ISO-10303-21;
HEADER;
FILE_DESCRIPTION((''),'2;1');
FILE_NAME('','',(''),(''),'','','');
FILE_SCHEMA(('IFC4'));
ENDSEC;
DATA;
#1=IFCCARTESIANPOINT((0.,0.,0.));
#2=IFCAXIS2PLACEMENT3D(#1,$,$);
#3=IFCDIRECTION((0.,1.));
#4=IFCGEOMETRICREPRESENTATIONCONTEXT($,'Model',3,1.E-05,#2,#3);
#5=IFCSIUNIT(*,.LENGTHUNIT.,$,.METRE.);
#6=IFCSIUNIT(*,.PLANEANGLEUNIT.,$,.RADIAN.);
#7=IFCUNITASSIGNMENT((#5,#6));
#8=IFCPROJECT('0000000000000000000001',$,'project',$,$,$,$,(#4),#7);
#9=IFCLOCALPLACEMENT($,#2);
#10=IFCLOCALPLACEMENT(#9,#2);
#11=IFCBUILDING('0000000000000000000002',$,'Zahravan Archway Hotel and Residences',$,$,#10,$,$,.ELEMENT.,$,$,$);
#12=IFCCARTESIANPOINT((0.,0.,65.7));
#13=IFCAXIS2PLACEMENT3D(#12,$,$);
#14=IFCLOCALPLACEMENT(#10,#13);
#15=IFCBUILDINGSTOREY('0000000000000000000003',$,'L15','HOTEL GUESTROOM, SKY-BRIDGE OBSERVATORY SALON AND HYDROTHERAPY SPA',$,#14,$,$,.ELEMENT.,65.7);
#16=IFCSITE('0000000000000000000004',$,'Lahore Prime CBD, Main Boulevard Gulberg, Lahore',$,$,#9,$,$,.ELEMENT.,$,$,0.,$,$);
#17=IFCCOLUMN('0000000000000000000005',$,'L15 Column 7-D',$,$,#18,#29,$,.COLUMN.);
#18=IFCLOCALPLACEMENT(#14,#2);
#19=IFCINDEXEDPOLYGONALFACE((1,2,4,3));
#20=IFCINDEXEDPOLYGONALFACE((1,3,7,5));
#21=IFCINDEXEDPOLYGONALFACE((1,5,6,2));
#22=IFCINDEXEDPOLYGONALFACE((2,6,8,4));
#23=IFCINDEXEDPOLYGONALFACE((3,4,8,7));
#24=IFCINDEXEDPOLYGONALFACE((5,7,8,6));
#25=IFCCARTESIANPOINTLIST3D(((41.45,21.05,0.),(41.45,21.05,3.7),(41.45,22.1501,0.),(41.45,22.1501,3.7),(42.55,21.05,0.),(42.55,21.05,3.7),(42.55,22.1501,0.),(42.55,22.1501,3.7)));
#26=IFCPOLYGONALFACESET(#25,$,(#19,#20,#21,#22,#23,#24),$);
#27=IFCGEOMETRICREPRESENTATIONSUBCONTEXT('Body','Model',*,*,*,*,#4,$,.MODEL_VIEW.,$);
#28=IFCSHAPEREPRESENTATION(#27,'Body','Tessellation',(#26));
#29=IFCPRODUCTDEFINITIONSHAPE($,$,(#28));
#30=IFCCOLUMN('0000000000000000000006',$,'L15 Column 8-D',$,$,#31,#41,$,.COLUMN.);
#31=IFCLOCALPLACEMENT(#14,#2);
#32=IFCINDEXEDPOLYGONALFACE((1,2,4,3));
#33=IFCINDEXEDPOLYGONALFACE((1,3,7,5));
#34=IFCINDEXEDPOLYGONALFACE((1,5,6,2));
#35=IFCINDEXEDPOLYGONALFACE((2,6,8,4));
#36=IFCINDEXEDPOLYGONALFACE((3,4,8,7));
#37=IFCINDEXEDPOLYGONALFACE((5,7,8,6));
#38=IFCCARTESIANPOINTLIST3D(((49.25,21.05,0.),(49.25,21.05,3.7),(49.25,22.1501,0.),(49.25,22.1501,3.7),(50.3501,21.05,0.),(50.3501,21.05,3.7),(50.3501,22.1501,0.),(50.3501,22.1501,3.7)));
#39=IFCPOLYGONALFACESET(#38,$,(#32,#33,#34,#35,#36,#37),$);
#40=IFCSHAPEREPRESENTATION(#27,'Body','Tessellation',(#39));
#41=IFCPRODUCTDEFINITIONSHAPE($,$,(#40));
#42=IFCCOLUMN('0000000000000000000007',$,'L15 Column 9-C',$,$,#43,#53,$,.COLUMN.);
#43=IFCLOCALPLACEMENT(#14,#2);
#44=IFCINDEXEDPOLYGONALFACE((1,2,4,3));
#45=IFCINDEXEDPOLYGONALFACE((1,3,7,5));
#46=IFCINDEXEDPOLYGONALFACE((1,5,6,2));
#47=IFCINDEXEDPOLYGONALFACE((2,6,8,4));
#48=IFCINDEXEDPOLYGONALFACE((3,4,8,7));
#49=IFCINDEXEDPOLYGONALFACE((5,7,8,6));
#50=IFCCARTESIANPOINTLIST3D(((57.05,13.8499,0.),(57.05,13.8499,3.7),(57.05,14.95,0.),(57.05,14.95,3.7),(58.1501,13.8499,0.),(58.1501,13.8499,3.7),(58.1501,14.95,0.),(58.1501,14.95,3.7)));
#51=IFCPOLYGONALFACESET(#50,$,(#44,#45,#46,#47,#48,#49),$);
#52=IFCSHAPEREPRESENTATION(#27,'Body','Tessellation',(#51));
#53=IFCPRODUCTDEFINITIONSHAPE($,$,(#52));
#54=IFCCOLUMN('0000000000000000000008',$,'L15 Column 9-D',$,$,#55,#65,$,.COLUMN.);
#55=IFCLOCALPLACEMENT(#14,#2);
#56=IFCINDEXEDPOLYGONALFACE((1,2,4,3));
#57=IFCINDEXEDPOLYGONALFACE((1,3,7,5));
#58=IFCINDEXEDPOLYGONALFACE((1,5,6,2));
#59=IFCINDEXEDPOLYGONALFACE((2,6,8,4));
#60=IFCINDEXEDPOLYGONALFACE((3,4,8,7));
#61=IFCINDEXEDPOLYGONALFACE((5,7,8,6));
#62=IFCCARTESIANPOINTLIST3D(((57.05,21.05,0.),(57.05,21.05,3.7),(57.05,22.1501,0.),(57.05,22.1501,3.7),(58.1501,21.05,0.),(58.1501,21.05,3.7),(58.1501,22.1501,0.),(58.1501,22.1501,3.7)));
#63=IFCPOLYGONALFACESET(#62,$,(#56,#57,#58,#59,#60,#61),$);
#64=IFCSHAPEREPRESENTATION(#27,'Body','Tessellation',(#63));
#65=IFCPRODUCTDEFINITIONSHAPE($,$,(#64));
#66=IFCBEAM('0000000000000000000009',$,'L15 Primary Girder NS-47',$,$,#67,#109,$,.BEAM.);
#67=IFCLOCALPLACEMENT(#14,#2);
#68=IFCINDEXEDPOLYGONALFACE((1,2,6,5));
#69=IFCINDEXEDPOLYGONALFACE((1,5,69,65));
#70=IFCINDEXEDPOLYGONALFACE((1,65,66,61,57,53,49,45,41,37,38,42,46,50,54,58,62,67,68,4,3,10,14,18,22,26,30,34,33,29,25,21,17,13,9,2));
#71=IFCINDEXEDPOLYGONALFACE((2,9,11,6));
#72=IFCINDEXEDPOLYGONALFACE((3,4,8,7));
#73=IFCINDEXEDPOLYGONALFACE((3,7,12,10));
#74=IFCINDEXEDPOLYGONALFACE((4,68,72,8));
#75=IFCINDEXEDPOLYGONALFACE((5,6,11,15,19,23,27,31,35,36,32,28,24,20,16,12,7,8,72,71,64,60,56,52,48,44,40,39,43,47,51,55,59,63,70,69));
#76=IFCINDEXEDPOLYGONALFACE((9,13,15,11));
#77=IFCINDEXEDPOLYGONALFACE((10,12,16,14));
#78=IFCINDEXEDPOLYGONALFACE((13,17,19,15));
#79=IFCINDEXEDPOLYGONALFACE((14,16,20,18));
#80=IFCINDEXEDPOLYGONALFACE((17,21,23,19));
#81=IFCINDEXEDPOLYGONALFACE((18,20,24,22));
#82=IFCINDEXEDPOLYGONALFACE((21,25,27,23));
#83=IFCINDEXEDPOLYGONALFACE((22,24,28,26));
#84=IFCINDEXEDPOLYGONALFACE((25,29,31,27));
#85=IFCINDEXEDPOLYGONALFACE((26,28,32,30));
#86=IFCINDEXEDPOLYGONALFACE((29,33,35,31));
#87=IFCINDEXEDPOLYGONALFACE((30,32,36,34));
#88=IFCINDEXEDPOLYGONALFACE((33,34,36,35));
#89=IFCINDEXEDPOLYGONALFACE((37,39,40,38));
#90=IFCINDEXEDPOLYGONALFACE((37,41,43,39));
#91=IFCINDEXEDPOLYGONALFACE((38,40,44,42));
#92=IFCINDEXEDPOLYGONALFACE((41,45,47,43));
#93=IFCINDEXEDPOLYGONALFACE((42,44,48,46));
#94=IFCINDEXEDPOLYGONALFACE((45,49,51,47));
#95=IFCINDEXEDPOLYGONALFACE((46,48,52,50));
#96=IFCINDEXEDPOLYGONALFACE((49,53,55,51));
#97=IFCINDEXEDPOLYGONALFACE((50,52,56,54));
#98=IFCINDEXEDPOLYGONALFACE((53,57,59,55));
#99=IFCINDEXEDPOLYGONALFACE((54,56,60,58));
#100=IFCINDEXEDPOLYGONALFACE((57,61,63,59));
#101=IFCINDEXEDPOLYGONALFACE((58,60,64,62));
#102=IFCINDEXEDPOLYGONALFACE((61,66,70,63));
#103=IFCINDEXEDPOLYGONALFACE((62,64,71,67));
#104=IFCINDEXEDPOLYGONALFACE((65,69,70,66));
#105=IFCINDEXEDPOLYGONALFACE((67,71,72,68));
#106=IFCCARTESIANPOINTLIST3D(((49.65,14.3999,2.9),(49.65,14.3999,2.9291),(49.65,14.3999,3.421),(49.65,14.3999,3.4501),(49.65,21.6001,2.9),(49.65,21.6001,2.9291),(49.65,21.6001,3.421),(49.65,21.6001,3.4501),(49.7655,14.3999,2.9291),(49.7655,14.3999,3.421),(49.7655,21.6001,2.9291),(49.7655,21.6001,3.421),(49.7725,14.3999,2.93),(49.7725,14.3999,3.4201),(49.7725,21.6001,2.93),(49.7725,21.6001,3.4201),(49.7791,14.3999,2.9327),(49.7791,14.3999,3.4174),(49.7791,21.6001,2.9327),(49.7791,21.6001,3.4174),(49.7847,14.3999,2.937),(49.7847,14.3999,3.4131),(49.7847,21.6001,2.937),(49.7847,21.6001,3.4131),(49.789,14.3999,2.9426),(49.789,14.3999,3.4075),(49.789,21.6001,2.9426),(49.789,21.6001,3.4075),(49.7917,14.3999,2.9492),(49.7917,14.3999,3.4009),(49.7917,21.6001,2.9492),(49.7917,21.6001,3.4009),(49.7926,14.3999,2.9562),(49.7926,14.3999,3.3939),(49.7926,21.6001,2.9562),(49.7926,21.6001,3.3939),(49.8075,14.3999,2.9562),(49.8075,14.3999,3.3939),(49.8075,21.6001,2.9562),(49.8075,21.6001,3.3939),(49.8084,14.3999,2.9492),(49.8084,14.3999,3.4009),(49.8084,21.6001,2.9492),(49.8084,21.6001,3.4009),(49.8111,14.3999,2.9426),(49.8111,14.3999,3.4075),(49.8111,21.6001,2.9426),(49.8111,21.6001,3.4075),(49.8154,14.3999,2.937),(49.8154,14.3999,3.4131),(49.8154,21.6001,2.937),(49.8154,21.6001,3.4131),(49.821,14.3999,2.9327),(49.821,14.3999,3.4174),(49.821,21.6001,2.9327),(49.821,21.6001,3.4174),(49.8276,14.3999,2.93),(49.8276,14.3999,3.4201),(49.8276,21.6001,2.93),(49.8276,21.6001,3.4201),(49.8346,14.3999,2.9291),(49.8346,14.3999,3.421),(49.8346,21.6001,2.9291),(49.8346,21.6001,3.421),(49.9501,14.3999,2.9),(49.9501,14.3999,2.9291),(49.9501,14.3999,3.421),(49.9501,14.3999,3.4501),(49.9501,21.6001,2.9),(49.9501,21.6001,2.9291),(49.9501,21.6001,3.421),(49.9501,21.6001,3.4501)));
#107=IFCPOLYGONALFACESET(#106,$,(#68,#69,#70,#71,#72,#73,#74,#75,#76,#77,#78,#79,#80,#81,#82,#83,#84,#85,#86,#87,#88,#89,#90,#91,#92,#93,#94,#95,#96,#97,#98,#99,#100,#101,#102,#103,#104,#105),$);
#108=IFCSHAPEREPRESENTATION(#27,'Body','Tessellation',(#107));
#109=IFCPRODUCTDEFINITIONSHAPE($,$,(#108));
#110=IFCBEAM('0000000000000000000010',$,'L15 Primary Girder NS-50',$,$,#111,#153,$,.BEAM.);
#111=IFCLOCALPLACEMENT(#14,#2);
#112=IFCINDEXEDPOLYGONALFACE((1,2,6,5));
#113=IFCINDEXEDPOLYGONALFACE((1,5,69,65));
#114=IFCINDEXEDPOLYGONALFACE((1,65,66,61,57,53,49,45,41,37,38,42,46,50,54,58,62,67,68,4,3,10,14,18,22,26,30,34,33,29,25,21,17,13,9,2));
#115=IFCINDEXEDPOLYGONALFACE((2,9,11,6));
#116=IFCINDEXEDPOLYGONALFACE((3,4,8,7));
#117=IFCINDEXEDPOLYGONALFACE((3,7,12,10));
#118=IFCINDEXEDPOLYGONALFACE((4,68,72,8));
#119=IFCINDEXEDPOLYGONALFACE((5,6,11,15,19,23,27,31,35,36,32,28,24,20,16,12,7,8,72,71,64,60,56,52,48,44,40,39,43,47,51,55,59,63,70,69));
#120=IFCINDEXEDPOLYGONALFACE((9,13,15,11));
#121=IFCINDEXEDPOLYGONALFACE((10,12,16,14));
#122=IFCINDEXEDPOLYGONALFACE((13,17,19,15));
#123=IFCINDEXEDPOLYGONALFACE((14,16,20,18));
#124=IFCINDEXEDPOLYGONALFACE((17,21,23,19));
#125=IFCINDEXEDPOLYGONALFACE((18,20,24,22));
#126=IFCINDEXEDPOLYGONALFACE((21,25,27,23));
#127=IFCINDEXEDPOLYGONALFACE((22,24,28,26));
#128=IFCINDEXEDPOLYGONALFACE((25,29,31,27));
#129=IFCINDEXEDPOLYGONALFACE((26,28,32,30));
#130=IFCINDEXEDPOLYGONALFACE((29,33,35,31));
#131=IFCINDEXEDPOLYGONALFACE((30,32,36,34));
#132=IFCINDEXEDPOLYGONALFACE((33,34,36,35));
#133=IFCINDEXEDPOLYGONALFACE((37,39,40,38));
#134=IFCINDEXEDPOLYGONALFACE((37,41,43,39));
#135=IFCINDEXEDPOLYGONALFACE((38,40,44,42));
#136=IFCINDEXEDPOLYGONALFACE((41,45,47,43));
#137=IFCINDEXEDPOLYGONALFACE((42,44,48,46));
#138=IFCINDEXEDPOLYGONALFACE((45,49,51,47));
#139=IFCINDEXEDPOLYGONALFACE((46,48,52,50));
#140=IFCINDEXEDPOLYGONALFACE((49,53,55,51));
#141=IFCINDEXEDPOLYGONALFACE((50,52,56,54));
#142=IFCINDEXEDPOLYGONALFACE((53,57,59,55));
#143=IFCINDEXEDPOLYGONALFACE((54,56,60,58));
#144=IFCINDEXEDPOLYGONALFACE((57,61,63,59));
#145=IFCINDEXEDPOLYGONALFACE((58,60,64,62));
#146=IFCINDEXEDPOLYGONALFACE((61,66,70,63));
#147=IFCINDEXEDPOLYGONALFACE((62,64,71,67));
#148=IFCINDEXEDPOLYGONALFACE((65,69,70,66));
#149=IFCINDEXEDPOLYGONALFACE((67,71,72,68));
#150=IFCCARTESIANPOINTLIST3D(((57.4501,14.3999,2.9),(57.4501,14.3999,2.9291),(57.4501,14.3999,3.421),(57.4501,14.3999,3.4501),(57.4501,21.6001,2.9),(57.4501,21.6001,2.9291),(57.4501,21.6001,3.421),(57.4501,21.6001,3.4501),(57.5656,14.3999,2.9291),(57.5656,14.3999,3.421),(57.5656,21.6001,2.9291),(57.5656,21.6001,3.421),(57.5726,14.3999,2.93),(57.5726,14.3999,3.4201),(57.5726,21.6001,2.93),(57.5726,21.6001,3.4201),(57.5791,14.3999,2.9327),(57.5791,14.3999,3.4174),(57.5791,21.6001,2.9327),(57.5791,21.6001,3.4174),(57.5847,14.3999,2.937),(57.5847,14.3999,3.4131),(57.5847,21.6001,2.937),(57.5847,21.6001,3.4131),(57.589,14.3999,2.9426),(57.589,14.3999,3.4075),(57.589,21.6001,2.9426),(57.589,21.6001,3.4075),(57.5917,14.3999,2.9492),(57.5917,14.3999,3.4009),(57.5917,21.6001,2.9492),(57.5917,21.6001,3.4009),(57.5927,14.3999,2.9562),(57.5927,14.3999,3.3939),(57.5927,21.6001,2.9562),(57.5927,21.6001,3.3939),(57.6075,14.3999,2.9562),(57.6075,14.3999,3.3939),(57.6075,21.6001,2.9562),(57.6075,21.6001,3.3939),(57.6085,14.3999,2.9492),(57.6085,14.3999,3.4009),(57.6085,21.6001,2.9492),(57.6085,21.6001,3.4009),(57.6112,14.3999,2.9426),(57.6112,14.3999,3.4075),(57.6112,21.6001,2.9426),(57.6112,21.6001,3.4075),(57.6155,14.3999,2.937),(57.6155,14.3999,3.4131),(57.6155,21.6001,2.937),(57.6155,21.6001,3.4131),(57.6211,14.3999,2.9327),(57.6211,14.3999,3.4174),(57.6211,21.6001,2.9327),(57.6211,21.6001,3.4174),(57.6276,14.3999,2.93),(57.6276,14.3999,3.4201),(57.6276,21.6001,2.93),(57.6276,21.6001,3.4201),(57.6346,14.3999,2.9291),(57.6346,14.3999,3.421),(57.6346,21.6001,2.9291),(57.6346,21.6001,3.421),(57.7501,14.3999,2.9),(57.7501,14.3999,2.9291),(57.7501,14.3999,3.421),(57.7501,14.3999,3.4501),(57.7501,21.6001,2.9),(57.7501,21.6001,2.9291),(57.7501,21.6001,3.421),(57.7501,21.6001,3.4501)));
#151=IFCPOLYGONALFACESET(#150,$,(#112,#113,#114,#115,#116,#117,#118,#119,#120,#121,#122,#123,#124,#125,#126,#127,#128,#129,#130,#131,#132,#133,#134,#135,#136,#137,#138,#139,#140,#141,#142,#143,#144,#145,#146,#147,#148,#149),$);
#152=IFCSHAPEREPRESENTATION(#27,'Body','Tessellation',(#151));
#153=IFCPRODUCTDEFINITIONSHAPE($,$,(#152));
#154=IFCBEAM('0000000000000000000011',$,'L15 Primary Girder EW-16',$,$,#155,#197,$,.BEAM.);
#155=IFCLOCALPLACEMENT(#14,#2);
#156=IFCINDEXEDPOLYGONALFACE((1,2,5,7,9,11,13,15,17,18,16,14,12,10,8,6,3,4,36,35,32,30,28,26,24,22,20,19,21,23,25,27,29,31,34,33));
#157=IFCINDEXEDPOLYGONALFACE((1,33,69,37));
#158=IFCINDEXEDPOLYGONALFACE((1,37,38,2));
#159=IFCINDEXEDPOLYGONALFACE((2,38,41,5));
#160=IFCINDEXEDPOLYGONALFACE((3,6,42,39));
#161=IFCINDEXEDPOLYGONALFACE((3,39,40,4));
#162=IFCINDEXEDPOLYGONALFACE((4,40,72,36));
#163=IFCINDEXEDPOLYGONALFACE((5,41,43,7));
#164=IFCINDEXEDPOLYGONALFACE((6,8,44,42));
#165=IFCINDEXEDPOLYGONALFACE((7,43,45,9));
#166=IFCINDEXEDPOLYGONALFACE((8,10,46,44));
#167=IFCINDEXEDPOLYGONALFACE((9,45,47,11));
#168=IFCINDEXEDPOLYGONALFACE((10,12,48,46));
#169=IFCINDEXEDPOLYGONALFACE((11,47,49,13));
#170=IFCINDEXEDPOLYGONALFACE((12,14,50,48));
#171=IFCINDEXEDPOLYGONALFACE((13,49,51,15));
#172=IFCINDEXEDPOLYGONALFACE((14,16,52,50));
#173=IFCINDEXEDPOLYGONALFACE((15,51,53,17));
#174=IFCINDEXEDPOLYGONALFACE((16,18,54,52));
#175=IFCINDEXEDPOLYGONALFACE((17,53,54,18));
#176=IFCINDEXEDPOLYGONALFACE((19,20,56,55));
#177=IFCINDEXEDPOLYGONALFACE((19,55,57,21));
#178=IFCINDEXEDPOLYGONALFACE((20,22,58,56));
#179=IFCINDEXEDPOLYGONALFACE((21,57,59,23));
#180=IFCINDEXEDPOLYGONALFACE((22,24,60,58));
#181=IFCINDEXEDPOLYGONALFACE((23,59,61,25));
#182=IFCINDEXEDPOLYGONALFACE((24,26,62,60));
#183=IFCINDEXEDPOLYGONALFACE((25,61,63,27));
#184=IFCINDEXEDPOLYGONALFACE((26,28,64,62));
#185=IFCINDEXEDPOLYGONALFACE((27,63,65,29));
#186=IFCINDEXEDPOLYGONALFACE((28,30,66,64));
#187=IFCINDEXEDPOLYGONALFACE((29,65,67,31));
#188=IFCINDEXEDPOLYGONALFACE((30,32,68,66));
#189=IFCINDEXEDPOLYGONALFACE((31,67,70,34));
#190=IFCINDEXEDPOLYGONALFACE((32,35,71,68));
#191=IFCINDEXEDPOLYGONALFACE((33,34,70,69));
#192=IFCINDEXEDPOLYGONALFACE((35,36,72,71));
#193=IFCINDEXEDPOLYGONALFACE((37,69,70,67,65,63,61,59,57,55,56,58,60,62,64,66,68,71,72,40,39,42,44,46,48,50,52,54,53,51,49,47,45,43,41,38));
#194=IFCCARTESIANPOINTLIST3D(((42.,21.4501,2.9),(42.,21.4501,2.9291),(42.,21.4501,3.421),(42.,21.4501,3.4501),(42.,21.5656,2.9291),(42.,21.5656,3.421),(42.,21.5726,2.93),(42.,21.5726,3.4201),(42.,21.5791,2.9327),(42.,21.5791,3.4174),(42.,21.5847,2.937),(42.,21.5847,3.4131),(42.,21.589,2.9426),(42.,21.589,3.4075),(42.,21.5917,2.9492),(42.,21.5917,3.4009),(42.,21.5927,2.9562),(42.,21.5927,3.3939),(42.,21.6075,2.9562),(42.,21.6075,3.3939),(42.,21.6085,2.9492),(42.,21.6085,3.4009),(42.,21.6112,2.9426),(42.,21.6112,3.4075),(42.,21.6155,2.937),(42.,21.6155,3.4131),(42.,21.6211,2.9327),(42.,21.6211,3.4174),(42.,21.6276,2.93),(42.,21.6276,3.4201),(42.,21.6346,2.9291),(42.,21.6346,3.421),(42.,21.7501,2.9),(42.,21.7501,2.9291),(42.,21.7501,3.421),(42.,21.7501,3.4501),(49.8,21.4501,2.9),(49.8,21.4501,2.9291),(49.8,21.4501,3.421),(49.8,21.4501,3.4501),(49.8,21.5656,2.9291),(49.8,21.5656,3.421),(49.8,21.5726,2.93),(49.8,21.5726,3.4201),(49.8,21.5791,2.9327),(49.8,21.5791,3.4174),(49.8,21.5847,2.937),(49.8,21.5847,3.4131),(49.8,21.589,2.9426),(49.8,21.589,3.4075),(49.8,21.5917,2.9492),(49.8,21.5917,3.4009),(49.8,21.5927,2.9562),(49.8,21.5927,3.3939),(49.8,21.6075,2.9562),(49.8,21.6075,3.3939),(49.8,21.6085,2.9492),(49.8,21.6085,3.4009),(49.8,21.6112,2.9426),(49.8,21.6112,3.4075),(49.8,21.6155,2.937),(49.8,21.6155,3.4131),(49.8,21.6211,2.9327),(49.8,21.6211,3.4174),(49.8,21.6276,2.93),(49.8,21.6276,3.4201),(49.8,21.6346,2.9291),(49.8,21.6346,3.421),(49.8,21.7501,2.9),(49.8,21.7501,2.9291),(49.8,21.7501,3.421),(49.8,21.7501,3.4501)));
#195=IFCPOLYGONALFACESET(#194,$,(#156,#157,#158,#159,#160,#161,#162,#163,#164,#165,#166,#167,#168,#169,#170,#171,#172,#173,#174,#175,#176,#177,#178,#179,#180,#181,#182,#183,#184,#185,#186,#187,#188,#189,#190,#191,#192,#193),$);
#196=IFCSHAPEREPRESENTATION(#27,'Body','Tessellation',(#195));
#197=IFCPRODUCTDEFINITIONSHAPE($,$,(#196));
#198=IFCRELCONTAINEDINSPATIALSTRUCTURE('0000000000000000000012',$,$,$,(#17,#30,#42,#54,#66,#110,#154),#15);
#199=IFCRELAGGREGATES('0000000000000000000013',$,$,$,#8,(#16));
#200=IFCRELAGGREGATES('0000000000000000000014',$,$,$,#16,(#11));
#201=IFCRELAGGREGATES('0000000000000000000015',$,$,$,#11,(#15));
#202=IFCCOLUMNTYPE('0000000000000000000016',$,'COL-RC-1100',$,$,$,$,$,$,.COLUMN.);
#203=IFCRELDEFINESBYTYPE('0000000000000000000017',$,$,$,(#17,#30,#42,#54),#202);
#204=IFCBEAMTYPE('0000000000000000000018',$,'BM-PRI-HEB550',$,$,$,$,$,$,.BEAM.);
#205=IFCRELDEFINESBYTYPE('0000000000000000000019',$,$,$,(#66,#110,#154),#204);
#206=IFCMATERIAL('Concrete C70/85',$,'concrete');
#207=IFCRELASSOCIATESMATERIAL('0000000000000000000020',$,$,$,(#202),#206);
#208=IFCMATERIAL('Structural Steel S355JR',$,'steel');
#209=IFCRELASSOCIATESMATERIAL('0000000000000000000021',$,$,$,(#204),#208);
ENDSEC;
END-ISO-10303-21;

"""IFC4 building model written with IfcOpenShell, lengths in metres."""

from ifc_helpers import new_model, si_unit, direction, frame, origin, origin_2d, place, context, subcontext, project, spatial, rectangle, i_section, extrude, source, transform, mapped, material, material_profile, profile_set, type_object, type_shapes, element, save


model = new_model("IFC4")

# Units and contexts
model_context = context("Model", 3, precision=1e-05, world=origin(), true_north=direction((0.0, 1.0)))
body_context = subcontext(model_context, "Body", "Model", "MODEL_VIEW")
ifc_project = project(units=[si_unit("LENGTHUNIT", "METRE"), si_unit("PLANEANGLEUNIT", "RADIAN")], contexts=[model_context])

# Site, building, storey
site_placement = place(None, origin())
site = spatial("IfcSite", under=ifc_project, at=site_placement, Name="Lahore Prime CBD, Main Boulevard Gulberg, Lahore", CompositionType="ELEMENT", RefElevation=0.0)
building_placement = place(site_placement, origin())
building = spatial("IfcBuilding", under=site, at=building_placement, Name="Zahravan Archway Hotel and Residences", CompositionType="ELEMENT")
storey_placement = place(building_placement, frame((0.0, 0.0, 65.7)))
storey = spatial("IfcBuildingStorey", under=building, at=storey_placement, Name="L15", Description="HOTEL GUESTROOM, SKY-BRIDGE OBSERVATORY SALON AND HYDROTHERAPY SPA", CompositionType="ELEMENT", Elevation=65.7)

# Columns
ifc_material_1 = material(Name="Concrete C70/85", Category="concrete")
ifc_material_profile_1 = material_profile(ifc_material_1, rectangle(XDim=1.1001, YDim=1.1001, at=origin_2d()), Name="RC 1100x1100", Category="concrete")
ifc_profile_set_1 = profile_set([ifc_material_profile_1], Name="Concrete C70/85")
column_type = type_object("IfcColumnType", Name="COL-RC-1100", PredefinedType="COLUMN", material=ifc_profile_set_1)
shared_shape_1 = source(origin(), body_context, "Body", "SweptSolid", [
    extrude(rectangle(XDim=1.1001, YDim=1.1001, at=origin_2d()), origin(), (0.0, 0.0, 1.0), 3.7),
])
for number, where, z_axis, x_axis, name in (
    (1, (42.0, 21.6001, 0.0), (0.0, 0.0, 1.0), (1.0, 0.0, 0.0), "L15 Column 7-D"),
    (2, (49.8, 21.6001, 0.0), (0.0, 0.0, 1.0), (1.0, 0.0, 0.0), "L15 Column 8-D"),
    (3, (57.6001, 14.3999, 0.0), (0.0, 0.0, 1.0), (1.0, 0.0, 0.0), "L15 Column 9-C"),
    (4, (57.6001, 21.6001, 0.0), (0.0, 0.0, 1.0), (1.0, 0.0, 0.0), "L15 Column 9-D"),
):
    element("IfcColumn", number, at=place(storey_placement, frame(where, z_axis=z_axis, x_axis=x_axis)), inside=storey, type_object=column_type, Name=name, PredefinedType="COLUMN", context=body_context, shape_type="MappedRepresentation", body=[
        mapped(shared_shape_1, transform((0.0, 0.0, 0.0), scale=1.0)),
    ])

# Beams
ifc_material_2 = material(Name="Structural Steel S355JR", Category="steel")
ifc_material_profile_2 = material_profile(ifc_material_2, i_section(OverallWidth=0.3, OverallDepth=0.55, WebThickness=0.0149, FlangeThickness=0.0291, FilletRadius=0.0271, at=origin_2d()), Name="HEB 550", Category="steel")
ifc_profile_set_2 = profile_set([ifc_material_profile_2], Name="Structural Steel S355JR")
beam_type_1 = type_object("IfcBeamType", Name="BM-PRI-HEB550", PredefinedType="BEAM", material=ifc_profile_set_2)
shared_shape_2 = source(origin(), body_context, "Body", "SweptSolid", [
    extrude(i_section(OverallWidth=0.3, OverallDepth=0.55, WebThickness=0.0149, FlangeThickness=0.0291, FilletRadius=0.0271, at=origin_2d()), origin(), (0.0, 0.0, 1.0), 7.2002),
])
type_shapes(beam_type_1, [shared_shape_2])
for number, where, z_axis, x_axis, name in (
    (5, (49.8, 14.3999, 3.175), (0.0, 1.0, 0.0), (-1.0, 0.0, 0.0), "L15 Primary Girder NS-47"),
    (6, (57.6001, 14.3999, 3.175), (0.0, 1.0, 0.0), (-1.0, 0.0, 0.0), "L15 Primary Girder NS-50"),
):
    element("IfcBeam", number, at=place(storey_placement, frame(where, z_axis=z_axis, x_axis=x_axis)), inside=storey, type_object=beam_type_1, Name=name, PredefinedType="BEAM", context=body_context, shape_type="MappedRepresentation", body=[
        mapped(shared_shape_2, transform((0.0, 0.0, 0.0), scale=1.0)),
    ])
shared_shape_3 = source(origin(), body_context, "Body", "SweptSolid", [
    extrude(i_section(OverallWidth=0.3, OverallDepth=0.55, WebThickness=0.0149, FlangeThickness=0.0291, FilletRadius=0.0271, at=origin_2d()), origin(), (0.0, 0.0, 1.0), 7.8),
])
for number, where, z_axis, x_axis, name in (
    (7, (42.0, 21.6001, 3.175), (1.0, 0.0, 0.0), (0.0, 1.0, 0.0), "L15 Primary Girder EW-16"),
):
    element("IfcBeam", number, at=place(storey_placement, frame(where, z_axis=z_axis, x_axis=x_axis)), inside=storey, type_object=beam_type_1, Name=name, PredefinedType="BEAM", context=body_context, shape_type="MappedRepresentation", body=[
        mapped(shared_shape_3, transform((0.0, 0.0, 0.0), scale=1.0)),
    ])

save(model, "model.ifc")
